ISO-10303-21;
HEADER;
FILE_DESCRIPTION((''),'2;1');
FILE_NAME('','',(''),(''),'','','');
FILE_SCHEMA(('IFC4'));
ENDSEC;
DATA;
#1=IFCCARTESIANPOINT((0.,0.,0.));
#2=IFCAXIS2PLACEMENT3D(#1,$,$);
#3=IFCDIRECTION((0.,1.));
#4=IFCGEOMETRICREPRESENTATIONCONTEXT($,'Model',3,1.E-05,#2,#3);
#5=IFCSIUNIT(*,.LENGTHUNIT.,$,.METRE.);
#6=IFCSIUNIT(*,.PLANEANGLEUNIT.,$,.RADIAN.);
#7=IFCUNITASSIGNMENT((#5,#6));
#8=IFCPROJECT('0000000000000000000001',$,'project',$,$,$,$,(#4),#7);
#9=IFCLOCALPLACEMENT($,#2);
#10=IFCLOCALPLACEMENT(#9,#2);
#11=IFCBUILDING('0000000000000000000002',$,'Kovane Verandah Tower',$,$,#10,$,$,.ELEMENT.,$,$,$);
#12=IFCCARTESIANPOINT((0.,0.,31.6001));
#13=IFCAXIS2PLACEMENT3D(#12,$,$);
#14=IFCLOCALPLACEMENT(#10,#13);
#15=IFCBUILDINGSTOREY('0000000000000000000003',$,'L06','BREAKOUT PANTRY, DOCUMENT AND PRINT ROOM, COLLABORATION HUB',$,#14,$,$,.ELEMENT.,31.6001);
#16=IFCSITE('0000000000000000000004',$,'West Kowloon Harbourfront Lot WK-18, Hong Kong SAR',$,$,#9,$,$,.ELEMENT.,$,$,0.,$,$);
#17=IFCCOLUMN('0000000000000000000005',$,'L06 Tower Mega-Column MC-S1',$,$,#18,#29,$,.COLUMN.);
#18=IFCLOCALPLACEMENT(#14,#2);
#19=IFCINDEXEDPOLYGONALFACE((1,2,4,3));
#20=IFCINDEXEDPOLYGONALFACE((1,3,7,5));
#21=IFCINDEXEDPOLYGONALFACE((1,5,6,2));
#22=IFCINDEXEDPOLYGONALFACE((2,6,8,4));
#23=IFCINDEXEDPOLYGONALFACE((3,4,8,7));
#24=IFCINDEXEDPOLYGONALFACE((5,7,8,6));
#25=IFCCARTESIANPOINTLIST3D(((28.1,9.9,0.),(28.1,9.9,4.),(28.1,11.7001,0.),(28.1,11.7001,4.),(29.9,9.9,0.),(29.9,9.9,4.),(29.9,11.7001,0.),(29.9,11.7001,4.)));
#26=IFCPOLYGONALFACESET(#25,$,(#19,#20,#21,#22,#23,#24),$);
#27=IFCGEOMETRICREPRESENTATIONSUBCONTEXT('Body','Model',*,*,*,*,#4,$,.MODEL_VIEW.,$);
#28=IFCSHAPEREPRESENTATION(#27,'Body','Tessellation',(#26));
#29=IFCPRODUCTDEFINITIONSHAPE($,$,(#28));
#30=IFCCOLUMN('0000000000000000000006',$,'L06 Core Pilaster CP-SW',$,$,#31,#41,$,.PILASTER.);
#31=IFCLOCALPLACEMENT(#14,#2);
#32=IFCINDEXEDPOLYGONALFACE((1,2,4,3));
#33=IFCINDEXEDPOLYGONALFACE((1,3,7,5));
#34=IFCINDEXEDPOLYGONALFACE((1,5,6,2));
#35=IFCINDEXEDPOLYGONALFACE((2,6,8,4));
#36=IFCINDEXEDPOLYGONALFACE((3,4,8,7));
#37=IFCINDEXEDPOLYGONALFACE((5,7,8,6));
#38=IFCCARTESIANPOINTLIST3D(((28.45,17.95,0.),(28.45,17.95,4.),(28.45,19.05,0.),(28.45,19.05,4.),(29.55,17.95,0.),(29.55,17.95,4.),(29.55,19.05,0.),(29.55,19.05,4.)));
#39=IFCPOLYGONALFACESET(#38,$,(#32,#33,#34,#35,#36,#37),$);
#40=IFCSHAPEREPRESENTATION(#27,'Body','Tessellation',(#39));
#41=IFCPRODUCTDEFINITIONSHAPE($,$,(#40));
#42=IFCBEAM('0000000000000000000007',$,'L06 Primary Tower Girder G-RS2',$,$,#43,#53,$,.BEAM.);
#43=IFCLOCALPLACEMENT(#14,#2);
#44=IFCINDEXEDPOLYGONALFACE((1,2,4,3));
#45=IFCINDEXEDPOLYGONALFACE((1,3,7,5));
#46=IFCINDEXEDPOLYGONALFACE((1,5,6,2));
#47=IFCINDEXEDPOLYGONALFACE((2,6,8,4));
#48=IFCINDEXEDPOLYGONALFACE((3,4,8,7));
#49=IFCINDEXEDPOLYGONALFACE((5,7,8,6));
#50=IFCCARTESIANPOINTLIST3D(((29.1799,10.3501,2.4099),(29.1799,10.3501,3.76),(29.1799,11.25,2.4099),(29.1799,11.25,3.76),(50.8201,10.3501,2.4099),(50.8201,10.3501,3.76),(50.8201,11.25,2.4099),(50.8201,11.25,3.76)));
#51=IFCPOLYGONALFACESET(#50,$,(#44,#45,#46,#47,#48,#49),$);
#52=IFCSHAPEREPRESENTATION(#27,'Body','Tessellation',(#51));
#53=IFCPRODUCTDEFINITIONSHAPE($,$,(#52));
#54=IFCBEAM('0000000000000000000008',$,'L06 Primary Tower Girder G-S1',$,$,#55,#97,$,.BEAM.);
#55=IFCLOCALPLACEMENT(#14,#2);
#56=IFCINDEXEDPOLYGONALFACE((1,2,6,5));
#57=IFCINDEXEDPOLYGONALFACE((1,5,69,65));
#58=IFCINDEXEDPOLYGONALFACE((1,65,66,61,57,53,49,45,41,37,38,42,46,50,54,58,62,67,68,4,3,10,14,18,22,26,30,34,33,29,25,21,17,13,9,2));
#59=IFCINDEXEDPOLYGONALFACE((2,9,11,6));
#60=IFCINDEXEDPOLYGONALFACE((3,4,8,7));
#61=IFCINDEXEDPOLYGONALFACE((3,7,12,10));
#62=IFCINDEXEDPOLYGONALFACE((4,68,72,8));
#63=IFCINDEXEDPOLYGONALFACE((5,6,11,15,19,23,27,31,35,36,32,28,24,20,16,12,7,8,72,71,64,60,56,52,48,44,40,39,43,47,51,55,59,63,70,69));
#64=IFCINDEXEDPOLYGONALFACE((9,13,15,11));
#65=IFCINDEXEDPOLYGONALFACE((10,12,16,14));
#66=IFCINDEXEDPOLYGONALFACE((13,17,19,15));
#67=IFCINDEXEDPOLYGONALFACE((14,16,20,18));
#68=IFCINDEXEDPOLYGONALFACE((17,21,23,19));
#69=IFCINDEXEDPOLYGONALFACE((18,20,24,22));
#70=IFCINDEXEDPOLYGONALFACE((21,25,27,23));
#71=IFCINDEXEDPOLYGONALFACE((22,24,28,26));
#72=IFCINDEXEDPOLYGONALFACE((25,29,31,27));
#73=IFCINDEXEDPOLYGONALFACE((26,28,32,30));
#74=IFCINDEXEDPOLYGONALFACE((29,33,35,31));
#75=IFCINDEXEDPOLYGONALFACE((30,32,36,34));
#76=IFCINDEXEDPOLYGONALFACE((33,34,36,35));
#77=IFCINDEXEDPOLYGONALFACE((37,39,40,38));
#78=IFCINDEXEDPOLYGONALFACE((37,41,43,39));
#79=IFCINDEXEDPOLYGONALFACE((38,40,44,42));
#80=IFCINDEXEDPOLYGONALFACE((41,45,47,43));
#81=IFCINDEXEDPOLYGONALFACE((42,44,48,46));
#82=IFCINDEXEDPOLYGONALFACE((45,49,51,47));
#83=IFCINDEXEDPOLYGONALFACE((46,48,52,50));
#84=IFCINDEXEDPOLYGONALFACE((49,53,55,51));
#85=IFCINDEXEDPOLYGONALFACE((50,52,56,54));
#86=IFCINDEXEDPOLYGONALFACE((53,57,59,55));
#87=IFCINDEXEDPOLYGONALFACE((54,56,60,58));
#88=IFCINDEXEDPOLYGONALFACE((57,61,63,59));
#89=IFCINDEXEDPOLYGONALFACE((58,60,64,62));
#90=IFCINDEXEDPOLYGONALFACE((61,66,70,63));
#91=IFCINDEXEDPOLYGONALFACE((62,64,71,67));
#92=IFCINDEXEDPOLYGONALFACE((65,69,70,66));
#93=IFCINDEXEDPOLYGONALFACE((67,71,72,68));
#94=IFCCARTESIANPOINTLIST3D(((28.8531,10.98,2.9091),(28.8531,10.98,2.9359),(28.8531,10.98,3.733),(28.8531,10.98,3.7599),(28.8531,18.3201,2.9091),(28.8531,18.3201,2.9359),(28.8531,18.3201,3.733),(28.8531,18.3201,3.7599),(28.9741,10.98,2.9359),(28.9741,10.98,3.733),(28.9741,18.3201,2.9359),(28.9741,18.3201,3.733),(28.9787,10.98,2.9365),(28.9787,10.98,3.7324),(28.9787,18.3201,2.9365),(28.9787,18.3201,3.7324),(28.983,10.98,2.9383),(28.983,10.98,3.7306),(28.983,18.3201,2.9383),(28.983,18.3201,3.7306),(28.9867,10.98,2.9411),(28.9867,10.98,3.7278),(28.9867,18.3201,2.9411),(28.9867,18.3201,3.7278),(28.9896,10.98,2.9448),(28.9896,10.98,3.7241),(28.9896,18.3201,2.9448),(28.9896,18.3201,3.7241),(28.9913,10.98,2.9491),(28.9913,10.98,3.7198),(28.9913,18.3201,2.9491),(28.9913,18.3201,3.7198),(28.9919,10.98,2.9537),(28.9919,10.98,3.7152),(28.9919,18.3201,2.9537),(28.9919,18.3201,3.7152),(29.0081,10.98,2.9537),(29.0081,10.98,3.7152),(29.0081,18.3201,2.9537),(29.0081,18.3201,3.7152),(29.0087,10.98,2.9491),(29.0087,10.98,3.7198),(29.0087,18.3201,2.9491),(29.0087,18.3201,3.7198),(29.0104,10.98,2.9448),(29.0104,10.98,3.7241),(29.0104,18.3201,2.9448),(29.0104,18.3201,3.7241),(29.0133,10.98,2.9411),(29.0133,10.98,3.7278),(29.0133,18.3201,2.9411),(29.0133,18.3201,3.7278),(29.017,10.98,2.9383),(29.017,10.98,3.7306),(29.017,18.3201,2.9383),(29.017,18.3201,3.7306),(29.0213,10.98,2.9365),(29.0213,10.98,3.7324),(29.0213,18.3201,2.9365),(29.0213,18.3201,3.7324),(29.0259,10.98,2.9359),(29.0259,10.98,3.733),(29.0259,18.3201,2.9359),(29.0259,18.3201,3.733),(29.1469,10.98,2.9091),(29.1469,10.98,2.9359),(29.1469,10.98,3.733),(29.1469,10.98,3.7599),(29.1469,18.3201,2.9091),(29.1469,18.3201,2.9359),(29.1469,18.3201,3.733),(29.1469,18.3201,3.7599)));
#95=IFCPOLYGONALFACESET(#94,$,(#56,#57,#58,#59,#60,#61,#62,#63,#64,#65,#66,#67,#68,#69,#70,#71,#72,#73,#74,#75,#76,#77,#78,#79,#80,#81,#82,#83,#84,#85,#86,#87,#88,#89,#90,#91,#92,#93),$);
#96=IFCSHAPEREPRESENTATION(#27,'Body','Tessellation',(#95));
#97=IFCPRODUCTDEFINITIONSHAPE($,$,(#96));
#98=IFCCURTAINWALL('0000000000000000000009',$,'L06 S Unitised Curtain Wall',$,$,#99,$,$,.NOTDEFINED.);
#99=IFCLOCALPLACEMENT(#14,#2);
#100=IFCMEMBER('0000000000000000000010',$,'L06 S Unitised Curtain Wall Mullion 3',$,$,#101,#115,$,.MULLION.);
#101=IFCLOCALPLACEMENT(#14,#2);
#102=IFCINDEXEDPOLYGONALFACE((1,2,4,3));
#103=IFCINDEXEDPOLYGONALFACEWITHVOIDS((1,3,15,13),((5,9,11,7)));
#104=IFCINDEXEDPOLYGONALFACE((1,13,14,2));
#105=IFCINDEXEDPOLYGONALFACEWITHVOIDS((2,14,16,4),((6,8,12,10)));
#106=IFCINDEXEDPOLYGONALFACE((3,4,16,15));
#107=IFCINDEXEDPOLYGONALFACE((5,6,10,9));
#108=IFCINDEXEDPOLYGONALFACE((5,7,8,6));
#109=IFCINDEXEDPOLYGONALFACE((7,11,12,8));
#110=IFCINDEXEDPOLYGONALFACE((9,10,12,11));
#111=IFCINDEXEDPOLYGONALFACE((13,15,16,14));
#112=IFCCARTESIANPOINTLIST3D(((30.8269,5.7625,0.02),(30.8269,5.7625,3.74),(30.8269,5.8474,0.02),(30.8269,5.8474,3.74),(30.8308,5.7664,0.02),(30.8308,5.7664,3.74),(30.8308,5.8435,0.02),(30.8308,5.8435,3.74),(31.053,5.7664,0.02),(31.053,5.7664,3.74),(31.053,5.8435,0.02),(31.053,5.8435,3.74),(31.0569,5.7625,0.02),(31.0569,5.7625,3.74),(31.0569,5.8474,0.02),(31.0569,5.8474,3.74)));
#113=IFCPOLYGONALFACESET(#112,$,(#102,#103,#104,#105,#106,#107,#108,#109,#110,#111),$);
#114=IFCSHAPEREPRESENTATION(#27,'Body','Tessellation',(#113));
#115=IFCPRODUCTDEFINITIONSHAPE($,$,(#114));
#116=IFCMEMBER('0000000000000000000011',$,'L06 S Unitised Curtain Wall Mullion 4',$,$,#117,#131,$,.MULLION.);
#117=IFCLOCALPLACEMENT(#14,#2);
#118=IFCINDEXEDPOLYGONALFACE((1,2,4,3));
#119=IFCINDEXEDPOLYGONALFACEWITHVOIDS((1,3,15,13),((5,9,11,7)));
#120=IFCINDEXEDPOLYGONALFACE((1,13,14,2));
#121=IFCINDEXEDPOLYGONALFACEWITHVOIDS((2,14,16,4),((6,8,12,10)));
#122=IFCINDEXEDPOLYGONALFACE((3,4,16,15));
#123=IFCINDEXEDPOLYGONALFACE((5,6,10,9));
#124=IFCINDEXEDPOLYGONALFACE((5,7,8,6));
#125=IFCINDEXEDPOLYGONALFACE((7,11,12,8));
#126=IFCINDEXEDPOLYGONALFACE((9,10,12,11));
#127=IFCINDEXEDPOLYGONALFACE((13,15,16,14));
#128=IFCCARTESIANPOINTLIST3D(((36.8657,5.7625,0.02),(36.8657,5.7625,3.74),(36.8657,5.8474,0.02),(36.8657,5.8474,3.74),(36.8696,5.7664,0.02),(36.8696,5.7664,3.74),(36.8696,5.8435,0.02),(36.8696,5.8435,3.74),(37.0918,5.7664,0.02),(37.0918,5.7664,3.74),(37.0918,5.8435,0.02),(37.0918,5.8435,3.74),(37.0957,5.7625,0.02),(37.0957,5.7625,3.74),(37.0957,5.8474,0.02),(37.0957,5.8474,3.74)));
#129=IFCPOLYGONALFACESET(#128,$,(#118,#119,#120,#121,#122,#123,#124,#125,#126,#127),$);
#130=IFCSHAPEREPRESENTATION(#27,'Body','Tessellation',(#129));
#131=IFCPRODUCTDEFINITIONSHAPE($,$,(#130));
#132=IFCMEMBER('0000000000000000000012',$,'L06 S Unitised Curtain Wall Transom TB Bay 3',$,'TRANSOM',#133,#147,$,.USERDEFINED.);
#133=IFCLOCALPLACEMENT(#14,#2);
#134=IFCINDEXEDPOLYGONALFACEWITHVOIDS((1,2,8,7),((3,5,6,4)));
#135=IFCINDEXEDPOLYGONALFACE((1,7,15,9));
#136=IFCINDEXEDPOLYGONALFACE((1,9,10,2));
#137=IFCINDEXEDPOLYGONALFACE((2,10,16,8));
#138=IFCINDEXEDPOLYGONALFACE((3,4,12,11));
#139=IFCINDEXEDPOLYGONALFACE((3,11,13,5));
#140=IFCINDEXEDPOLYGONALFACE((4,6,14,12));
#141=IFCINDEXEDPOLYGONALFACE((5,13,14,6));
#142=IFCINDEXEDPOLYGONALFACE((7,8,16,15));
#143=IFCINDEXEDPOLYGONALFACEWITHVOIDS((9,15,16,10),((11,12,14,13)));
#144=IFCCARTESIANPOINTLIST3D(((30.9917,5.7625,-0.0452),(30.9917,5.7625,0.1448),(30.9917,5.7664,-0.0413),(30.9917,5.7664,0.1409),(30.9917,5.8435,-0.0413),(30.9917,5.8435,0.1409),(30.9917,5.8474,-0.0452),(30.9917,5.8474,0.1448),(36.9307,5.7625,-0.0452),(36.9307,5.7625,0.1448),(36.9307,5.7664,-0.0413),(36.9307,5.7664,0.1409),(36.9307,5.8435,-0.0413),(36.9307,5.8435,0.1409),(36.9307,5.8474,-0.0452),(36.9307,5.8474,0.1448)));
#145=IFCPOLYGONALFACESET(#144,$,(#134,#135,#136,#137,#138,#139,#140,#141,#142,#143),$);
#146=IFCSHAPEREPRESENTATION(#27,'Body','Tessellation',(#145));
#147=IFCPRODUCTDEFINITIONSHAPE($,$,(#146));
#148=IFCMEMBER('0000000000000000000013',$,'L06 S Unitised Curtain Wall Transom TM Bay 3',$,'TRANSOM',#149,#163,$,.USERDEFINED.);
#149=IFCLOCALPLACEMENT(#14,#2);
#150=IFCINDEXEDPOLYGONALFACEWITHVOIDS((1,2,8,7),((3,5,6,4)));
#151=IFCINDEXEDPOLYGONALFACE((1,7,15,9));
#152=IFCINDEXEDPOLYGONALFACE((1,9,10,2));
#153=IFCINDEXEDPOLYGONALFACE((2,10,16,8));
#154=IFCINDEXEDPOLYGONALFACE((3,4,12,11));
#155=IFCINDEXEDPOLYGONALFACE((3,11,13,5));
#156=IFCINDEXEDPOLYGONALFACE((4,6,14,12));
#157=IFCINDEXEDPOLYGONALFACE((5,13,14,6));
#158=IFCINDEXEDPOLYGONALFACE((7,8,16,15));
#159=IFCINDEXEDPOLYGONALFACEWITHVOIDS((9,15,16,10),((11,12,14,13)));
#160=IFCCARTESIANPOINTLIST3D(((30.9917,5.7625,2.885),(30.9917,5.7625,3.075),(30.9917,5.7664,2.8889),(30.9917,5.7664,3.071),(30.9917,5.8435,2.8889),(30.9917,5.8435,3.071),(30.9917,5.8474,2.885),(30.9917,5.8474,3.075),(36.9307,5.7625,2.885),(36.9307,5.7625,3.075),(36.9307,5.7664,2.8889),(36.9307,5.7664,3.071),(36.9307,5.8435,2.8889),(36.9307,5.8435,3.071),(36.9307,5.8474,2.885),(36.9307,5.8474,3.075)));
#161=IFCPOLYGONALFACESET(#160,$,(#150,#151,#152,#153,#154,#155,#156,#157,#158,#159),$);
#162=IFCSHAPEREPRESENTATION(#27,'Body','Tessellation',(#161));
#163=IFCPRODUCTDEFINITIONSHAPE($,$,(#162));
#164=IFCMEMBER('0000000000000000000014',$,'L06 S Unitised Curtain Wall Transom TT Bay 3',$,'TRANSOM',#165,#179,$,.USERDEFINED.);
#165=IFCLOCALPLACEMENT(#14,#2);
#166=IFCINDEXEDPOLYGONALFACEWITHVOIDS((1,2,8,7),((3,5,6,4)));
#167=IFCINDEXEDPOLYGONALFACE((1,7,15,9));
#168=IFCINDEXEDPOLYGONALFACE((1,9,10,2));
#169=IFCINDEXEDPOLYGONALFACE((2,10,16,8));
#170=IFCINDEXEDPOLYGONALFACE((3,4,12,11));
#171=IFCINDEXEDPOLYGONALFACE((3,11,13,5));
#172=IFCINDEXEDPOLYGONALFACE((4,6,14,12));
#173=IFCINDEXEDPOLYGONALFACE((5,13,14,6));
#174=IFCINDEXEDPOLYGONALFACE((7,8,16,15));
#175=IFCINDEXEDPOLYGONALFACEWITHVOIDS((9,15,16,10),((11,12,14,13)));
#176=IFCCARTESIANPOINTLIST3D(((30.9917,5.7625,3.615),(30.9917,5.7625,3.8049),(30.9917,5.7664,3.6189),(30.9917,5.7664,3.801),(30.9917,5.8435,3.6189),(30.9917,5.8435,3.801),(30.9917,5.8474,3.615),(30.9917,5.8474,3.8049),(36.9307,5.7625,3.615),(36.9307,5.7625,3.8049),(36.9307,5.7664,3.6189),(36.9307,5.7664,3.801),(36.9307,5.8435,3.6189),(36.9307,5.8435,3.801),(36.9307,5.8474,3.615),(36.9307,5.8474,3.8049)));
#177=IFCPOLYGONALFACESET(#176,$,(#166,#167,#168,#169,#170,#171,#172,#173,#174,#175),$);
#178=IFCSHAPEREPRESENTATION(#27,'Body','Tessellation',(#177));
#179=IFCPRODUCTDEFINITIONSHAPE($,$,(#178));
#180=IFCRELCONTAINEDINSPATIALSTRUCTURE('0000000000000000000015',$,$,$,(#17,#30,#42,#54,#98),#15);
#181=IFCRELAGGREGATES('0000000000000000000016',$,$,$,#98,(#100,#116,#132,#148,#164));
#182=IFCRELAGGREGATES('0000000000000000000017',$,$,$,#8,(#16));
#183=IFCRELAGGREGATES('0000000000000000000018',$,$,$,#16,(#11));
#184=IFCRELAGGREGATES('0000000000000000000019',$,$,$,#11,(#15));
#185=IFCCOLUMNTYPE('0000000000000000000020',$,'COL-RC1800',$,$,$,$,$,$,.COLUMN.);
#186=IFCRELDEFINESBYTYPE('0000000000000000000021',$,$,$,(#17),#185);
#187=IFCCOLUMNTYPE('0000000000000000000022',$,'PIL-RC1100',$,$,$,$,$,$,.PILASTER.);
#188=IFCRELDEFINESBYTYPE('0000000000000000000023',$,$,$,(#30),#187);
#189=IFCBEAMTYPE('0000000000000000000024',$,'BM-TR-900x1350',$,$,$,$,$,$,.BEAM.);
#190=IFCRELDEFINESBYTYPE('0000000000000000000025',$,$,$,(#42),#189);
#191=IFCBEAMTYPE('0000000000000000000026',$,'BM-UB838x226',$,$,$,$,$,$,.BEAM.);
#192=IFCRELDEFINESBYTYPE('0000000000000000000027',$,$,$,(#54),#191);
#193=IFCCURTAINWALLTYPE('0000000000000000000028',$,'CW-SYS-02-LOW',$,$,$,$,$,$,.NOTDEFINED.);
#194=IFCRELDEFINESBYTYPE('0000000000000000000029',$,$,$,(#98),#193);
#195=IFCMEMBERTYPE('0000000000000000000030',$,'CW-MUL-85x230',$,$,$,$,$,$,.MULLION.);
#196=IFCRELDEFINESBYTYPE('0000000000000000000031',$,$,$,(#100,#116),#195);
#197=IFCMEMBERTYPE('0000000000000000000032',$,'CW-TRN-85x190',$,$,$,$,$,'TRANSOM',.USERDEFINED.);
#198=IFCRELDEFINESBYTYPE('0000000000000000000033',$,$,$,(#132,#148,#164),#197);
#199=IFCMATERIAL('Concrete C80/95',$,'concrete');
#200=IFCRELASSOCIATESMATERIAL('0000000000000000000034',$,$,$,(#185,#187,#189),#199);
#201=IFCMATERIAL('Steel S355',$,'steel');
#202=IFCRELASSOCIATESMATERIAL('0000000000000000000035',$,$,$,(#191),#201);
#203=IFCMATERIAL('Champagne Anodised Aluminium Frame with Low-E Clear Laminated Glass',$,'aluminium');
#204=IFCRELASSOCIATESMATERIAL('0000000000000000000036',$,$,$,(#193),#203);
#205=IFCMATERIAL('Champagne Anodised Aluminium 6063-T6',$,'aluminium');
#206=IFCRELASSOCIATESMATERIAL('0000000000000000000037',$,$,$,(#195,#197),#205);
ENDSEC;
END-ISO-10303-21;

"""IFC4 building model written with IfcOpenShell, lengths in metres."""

from ifc_helpers import new_model, si_unit, direction, frame, origin, origin_2d, place, context, subcontext, project, spatial, rectangle, hollow_rectangle, i_section, extrude, material, material_profile, profile_set, type_object, element, aggregate, save


model = new_model("IFC4")

# Units and contexts
model_context = context("Model", 3, precision=1e-05, world=origin(), true_north=direction((0.0, 1.0)))
body_context = subcontext(model_context, "Body", "Model", "MODEL_VIEW")
ifc_project = project(units=[si_unit("LENGTHUNIT", "METRE"), si_unit("PLANEANGLEUNIT", "RADIAN")], contexts=[model_context])

# Site, building, storey
site_placement = place(None, origin())
site = spatial("IfcSite", under=ifc_project, at=site_placement, Name="West Kowloon Harbourfront Lot WK-18, Hong Kong SAR", CompositionType="ELEMENT", RefElevation=0.0)
building_placement = place(site_placement, origin())
building = spatial("IfcBuilding", under=site, at=building_placement, Name="Kovane Verandah Tower", CompositionType="ELEMENT")
storey_placement = place(building_placement, frame((0.0, 0.0, 31.6001)))
storey = spatial("IfcBuildingStorey", under=building, at=storey_placement, Name="L06", Description="BREAKOUT PANTRY, DOCUMENT AND PRINT ROOM, COLLABORATION HUB", CompositionType="ELEMENT", Elevation=31.6001)

# Columns
ifc_material_1 = material(Name="Concrete C80/95", Category="concrete")
ifc_material_profile_1 = material_profile(ifc_material_1, rectangle(XDim=1.8, YDim=1.8, at=origin_2d()), Name="RC1800x1800")
ifc_profile_set_1 = profile_set([ifc_material_profile_1], Name="Concrete C80/95")
column_type_1 = type_object("IfcColumnType", Name="COL-RC1800", PredefinedType="COLUMN", material=ifc_profile_set_1)
column_1_placement = place(storey_placement, frame((29.0, 10.8, 0.0), z_axis=(0.0, 0.0, 1.0), x_axis=(1.0, 0.0, 0.0)))
element("IfcColumn", 1, at=column_1_placement, inside=storey, type_object=column_type_1, Name="L06 Tower Mega-Column MC-S1", PredefinedType="COLUMN", context=body_context, shape_type="SweptSolid", body=[
    extrude(rectangle(XDim=1.8, YDim=1.8, at=origin_2d()), origin(), (0.0, 0.0, 1.0), 4.0),
])
ifc_material_profile_2 = material_profile(ifc_material_1, rectangle(XDim=1.1001, YDim=1.1001, at=origin_2d()), Name="RC1100x1100")
ifc_profile_set_2 = profile_set([ifc_material_profile_2], Name="Concrete C80/95")
column_type_2 = type_object("IfcColumnType", Name="PIL-RC1100", PredefinedType="PILASTER", material=ifc_profile_set_2)
column_2_placement = place(storey_placement, frame((29.0, 18.5, 0.0), z_axis=(0.0, 0.0, 1.0), x_axis=(1.0, 0.0, 0.0)))
element("IfcColumn", 2, at=column_2_placement, inside=storey, type_object=column_type_2, Name="L06 Core Pilaster CP-SW", PredefinedType="PILASTER", context=body_context, shape_type="SweptSolid", body=[
    extrude(rectangle(XDim=1.1001, YDim=1.1001, at=origin_2d()), origin(), (0.0, 0.0, 1.0), 4.0),
])

# Beams
ifc_material_profile_3 = material_profile(ifc_material_1, rectangle(XDim=0.8999, YDim=1.3501, at=origin_2d()), Name="RCB900x1350")
ifc_profile_set_3 = profile_set([ifc_material_profile_3], Name="Concrete C80/95")
beam_type_1 = type_object("IfcBeamType", Name="BM-TR-900x1350", PredefinedType="BEAM", material=ifc_profile_set_3)
beam_1_placement = place(storey_placement, frame((29.1799, 10.8, 3.085), z_axis=(1.0, 0.0, 0.0), x_axis=(0.0, 1.0, 0.0)))
element("IfcBeam", 3, at=beam_1_placement, inside=storey, type_object=beam_type_1, Name="L06 Primary Tower Girder G-RS2", PredefinedType="BEAM", context=body_context, shape_type="SweptSolid", body=[
    extrude(rectangle(XDim=0.8999, YDim=1.3501, at=origin_2d()), origin(), (0.0, 0.0, 1.0), 21.6401),
])
ifc_material_2 = material(Name="Steel S355", Category="steel")
ifc_material_profile_4 = material_profile(ifc_material_2, i_section(OverallWidth=0.2937, OverallDepth=0.8508, WebThickness=0.0161, FlangeThickness=0.0269, FilletRadius=0.0178, at=origin_2d()), Name="UB838x292x226")
ifc_profile_set_4 = profile_set([ifc_material_profile_4], Name="Steel S355")
beam_type_2 = type_object("IfcBeamType", Name="BM-UB838x226", PredefinedType="BEAM", material=ifc_profile_set_4)
beam_2_placement = place(storey_placement, frame((29.0, 18.3201, 3.3345), z_axis=(0.0, -1.0, 0.0), x_axis=(1.0, 0.0, 0.0)))
element("IfcBeam", 4, at=beam_2_placement, inside=storey, type_object=beam_type_2, Name="L06 Primary Tower Girder G-S1", PredefinedType="BEAM", context=body_context, shape_type="SweptSolid", body=[
    extrude(i_section(OverallWidth=0.2937, OverallDepth=0.8508, WebThickness=0.0161, FlangeThickness=0.0269, FilletRadius=0.0178, at=origin_2d()), origin(), (0.0, 0.0, 1.0), 7.3401),
])

# Curtain wall, members
ifc_material_3 = material(Name="Champagne Anodised Aluminium Frame with Low-E Clear Laminated Glass", Category="aluminium")
curtain_wall_type = type_object("IfcCurtainWallType", Name="CW-SYS-02-LOW", PredefinedType="NOTDEFINED", material=ifc_material_3)
curtain_wall_placement = place(storey_placement, origin())
curtain_wall = element("IfcCurtainWall", 5, at=curtain_wall_placement, inside=storey, type_object=curtain_wall_type, Name="L06 S Unitised Curtain Wall", PredefinedType="NOTDEFINED")
ifc_material_4 = material(Name="Champagne Anodised Aluminium 6063-T6", Category="aluminium")
ifc_material_profile_5 = material_profile(ifc_material_4, hollow_rectangle(XDim=0.085, YDim=0.23, WallThickness=0.0039, at=origin_2d()), Name="AL85x230x4")
ifc_profile_set_5 = profile_set([ifc_material_profile_5], Name="Champagne Anodised Aluminium 6063-T6")
member_type_1 = type_object("IfcMemberType", Name="CW-MUL-85x230", PredefinedType="MULLION", material=ifc_profile_set_5)
member_1_placement = place(storey_placement, frame((30.9419, 5.8049, 0.02), z_axis=(0.0, 0.0, 1.0), x_axis=(0.0, -1.0, 0.0)))
member_1 = element("IfcMember", 6, at=member_1_placement, type_object=member_type_1, Name="L06 S Unitised Curtain Wall Mullion 3", PredefinedType="MULLION", context=body_context, shape_type="SweptSolid", body=[
    extrude(hollow_rectangle(XDim=0.085, YDim=0.23, WallThickness=0.0039, at=origin_2d()), origin(), (0.0, 0.0, 1.0), 3.72),
])
member_2_placement = place(storey_placement, frame((36.9807, 5.8049, 0.02), z_axis=(0.0, 0.0, 1.0), x_axis=(0.0, -1.0, 0.0)))
member_2 = element("IfcMember", 7, at=member_2_placement, type_object=member_type_1, Name="L06 S Unitised Curtain Wall Mullion 4", PredefinedType="MULLION", context=body_context, shape_type="SweptSolid", body=[
    extrude(hollow_rectangle(XDim=0.085, YDim=0.23, WallThickness=0.0039, at=origin_2d()), origin(), (0.0, 0.0, 1.0), 3.72),
])
ifc_material_profile_6 = material_profile(ifc_material_4, hollow_rectangle(XDim=0.085, YDim=0.1899, WallThickness=0.0039, at=origin_2d()), Name="AL85x190x4")
ifc_profile_set_6 = profile_set([ifc_material_profile_6], Name="Champagne Anodised Aluminium 6063-T6")
member_type_2 = type_object("IfcMemberType", Name="CW-TRN-85x190", ElementType="TRANSOM", PredefinedType="USERDEFINED", material=ifc_profile_set_6)
member_3_placement = place(storey_placement, frame((30.9917, 5.8049, 0.0498), z_axis=(1.0, 0.0, 0.0), x_axis=(0.0, 1.0, 0.0)))
member_3 = element("IfcMember", 8, at=member_3_placement, type_object=member_type_2, Name="L06 S Unitised Curtain Wall Transom TB Bay 3", ObjectType="TRANSOM", PredefinedType="USERDEFINED", context=body_context, shape_type="SweptSolid", body=[
    extrude(hollow_rectangle(XDim=0.085, YDim=0.1899, WallThickness=0.0039, at=origin_2d()), origin(), (0.0, 0.0, 1.0), 5.939),
])
member_4_placement = place(storey_placement, frame((30.9917, 5.8049, 2.98), z_axis=(1.0, 0.0, 0.0), x_axis=(0.0, 1.0, 0.0)))
member_4 = element("IfcMember", 9, at=member_4_placement, type_object=member_type_2, Name="L06 S Unitised Curtain Wall Transom TM Bay 3", ObjectType="TRANSOM", PredefinedType="USERDEFINED", context=body_context, shape_type="SweptSolid", body=[
    extrude(hollow_rectangle(XDim=0.085, YDim=0.1899, WallThickness=0.0039, at=origin_2d()), origin(), (0.0, 0.0, 1.0), 5.939),
])
member_5_placement = place(storey_placement, frame((30.9917, 5.8049, 3.71), z_axis=(1.0, 0.0, 0.0), x_axis=(0.0, 1.0, 0.0)))
member_5 = element("IfcMember", 10, at=member_5_placement, type_object=member_type_2, Name="L06 S Unitised Curtain Wall Transom TT Bay 3", ObjectType="TRANSOM", PredefinedType="USERDEFINED", context=body_context, shape_type="SweptSolid", body=[
    extrude(hollow_rectangle(XDim=0.085, YDim=0.1899, WallThickness=0.0039, at=origin_2d()), origin(), (0.0, 0.0, 1.0), 5.939),
])

aggregate(curtain_wall, [member_1, member_2, member_3, member_4, member_5])

save(model, "model.ifc")
